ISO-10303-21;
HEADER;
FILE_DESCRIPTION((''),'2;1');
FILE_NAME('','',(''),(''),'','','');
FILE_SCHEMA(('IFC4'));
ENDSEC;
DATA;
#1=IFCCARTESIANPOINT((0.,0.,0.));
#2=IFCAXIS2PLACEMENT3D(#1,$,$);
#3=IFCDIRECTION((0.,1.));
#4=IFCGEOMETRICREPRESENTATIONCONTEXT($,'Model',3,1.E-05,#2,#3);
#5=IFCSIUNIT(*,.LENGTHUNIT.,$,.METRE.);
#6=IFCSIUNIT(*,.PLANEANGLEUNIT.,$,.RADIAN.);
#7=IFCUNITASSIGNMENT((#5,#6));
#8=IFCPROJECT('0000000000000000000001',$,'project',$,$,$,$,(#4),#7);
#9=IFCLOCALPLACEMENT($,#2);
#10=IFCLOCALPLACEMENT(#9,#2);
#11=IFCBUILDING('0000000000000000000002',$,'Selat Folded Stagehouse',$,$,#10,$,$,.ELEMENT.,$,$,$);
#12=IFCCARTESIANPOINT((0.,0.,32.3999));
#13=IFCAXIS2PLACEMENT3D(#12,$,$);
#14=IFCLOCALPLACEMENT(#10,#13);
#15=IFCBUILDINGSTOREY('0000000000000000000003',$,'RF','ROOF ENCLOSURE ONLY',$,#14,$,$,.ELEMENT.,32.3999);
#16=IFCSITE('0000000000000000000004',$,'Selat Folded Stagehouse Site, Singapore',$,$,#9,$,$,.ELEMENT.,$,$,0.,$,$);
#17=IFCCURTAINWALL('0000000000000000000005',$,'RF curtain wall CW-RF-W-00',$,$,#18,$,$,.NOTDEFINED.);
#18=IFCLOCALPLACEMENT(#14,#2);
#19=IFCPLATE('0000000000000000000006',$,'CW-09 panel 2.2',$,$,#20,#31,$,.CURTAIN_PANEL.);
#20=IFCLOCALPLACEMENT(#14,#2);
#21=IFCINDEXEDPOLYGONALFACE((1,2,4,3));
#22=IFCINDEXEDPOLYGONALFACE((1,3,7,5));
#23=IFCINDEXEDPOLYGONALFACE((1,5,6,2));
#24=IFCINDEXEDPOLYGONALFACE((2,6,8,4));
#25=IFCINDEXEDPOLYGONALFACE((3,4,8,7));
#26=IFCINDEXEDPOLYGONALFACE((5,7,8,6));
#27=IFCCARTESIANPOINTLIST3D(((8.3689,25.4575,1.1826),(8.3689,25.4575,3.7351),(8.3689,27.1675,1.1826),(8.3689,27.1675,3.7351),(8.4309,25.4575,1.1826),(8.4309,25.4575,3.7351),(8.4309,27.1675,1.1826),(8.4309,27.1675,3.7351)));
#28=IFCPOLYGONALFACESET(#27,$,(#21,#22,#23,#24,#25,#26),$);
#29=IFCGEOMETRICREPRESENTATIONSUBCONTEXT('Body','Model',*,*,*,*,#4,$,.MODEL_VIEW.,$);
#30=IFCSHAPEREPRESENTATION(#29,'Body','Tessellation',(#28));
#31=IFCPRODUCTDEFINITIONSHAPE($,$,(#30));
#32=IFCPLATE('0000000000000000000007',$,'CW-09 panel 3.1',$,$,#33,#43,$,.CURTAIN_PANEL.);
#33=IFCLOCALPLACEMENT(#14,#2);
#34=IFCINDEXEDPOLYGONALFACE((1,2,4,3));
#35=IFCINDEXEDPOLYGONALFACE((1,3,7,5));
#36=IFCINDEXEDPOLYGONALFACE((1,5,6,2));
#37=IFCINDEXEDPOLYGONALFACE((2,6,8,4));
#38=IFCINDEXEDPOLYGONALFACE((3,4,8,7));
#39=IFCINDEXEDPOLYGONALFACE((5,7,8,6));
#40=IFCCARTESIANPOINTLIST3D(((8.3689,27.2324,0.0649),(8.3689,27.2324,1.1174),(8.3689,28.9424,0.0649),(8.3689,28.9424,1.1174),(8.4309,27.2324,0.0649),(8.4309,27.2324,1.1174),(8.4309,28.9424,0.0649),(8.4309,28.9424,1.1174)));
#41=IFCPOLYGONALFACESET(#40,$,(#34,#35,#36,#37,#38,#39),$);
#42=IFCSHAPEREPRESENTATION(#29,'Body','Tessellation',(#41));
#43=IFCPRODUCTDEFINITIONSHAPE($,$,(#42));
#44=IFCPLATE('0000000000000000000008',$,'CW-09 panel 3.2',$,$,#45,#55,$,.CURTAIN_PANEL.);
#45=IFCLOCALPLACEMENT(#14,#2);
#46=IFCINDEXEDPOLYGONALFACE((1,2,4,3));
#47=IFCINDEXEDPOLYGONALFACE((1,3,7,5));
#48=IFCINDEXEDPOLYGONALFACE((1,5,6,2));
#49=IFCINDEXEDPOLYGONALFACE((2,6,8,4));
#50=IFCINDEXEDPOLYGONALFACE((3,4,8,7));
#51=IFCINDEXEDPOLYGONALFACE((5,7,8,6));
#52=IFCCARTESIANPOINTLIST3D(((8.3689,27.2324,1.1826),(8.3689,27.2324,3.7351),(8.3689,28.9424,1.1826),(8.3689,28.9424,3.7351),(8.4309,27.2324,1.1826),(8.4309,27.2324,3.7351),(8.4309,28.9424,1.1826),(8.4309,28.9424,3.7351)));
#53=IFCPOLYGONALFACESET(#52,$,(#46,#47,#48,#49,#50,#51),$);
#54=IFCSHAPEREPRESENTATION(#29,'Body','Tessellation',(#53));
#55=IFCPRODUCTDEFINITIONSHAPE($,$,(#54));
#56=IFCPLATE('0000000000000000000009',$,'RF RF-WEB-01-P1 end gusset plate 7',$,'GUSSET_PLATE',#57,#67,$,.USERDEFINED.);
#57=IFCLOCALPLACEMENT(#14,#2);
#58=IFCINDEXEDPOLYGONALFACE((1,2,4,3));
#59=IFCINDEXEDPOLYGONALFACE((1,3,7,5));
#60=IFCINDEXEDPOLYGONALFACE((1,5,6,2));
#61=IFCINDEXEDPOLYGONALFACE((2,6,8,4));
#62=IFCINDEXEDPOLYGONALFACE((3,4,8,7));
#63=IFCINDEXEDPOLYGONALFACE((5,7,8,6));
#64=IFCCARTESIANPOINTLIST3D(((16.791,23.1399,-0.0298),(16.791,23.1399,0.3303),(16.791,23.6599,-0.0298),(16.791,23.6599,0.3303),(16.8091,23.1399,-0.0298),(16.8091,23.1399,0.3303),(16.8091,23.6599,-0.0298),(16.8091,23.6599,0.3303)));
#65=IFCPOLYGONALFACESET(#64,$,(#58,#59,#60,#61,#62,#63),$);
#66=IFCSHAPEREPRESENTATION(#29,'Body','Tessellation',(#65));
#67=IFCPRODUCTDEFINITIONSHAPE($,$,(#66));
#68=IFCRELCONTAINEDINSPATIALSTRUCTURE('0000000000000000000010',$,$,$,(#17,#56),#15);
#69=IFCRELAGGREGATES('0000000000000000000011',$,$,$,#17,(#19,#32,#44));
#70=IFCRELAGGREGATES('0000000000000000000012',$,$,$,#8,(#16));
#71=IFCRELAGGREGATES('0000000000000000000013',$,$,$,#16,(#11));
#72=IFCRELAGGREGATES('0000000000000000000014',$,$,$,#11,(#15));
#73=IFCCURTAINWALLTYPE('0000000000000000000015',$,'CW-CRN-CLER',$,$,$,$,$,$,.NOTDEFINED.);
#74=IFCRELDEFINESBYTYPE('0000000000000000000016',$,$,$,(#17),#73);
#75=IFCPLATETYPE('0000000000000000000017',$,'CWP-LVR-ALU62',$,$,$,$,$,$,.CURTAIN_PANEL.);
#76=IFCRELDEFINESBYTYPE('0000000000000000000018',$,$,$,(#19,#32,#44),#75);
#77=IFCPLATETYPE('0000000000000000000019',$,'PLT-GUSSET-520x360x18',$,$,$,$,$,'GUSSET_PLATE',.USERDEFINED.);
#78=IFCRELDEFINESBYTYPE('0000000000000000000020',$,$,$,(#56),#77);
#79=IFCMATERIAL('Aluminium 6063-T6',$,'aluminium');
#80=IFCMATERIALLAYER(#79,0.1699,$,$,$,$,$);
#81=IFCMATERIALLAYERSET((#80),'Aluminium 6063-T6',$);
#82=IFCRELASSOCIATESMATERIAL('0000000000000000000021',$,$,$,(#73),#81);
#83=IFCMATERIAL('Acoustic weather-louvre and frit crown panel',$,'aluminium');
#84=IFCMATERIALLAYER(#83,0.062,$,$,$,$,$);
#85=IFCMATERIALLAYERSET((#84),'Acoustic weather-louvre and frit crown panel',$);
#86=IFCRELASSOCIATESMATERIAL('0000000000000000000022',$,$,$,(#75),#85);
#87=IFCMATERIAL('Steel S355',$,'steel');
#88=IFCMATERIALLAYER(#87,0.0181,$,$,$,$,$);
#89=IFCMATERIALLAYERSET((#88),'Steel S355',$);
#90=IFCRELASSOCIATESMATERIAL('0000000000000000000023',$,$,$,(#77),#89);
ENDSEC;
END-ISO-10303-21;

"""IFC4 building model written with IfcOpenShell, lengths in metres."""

from ifc_helpers import new_model, si_unit, direction, frame, origin, origin_2d, place, context, subcontext, project, spatial, rectangle, extrude, material, layer, layer_set, type_object, element, aggregate, save


model = new_model("IFC4")

# Units and contexts
model_context = context("Model", 3, precision=1e-05, world=origin(), true_north=direction((0.0, 1.0)))
body_context = subcontext(model_context, "Body", "Model", "MODEL_VIEW")
ifc_project = project(units=[si_unit("LENGTHUNIT", "METRE"), si_unit("PLANEANGLEUNIT", "RADIAN")], contexts=[model_context])

# Site, building, storey
site_placement = place(None, origin())
site = spatial("IfcSite", under=ifc_project, at=site_placement, Name="Selat Folded Stagehouse Site, Singapore", CompositionType="ELEMENT", RefElevation=0.0)
building_placement = place(site_placement, origin())
building = spatial("IfcBuilding", under=site, at=building_placement, Name="Selat Folded Stagehouse", CompositionType="ELEMENT")
storey_placement = place(building_placement, frame((0.0, 0.0, 32.3999)))
storey = spatial("IfcBuildingStorey", under=building, at=storey_placement, Name="RF", Description="ROOF ENCLOSURE ONLY", CompositionType="ELEMENT", Elevation=32.3999)

# Shared definitions
ifc_material_1 = material(Name="Steel S355", Category="steel")

# Curtain wall
ifc_material_2 = material(Name="Aluminium 6063-T6", Category="aluminium")
ifc_layer_1 = layer(ifc_material_2, 0.1699)
ifc_layer_set_1 = layer_set([ifc_layer_1], Name="Aluminium 6063-T6")
curtain_wall_type = type_object("IfcCurtainWallType", Name="CW-CRN-CLER", PredefinedType="NOTDEFINED", material=ifc_layer_set_1)
curtain_wall_1_placement = place(storey_placement, origin())
curtain_wall_1 = element("IfcCurtainWall", 1, at=curtain_wall_1_placement, inside=storey, type_object=curtain_wall_type, Name="RF curtain wall CW-RF-W-00", PredefinedType="NOTDEFINED")

# Plates
ifc_material_3 = material(Name="Acoustic weather-louvre and frit crown panel", Category="aluminium")
ifc_layer_2 = layer(ifc_material_3, 0.062)
ifc_layer_set_2 = layer_set([ifc_layer_2], Name="Acoustic weather-louvre and frit crown panel")
plate_type_1 = type_object("IfcPlateType", Name="CWP-LVR-ALU62", PredefinedType="CURTAIN_PANEL", material=ifc_layer_set_2)
plate_1_placement = place(storey_placement, frame((8.3999, 26.3125, 1.1826), z_axis=(0.0, 0.0, 1.0), x_axis=(0.0, 1.0, 0.0)))
plate_1 = element("IfcPlate", 2, at=plate_1_placement, type_object=plate_type_1, Name="CW-09 panel 2.2", PredefinedType="CURTAIN_PANEL", context=body_context, shape_type="SweptSolid", body=[
    extrude(rectangle(XDim=1.71, YDim=0.062, at=origin_2d()), origin(), (0.0, 0.0, 1.0), 2.5525),
])
plate_2_placement = place(storey_placement, frame((8.3999, 28.0874, 0.0649), z_axis=(0.0, 0.0, 1.0), x_axis=(0.0, 1.0, 0.0)))
plate_2 = element("IfcPlate", 3, at=plate_2_placement, type_object=plate_type_1, Name="CW-09 panel 3.1", PredefinedType="CURTAIN_PANEL", context=body_context, shape_type="SweptSolid", body=[
    extrude(rectangle(XDim=1.71, YDim=0.062, at=origin_2d()), origin(), (0.0, 0.0, 1.0), 1.0525),
])
plate_3_placement = place(storey_placement, frame((8.3999, 28.0874, 1.1826), z_axis=(0.0, 0.0, 1.0), x_axis=(0.0, 1.0, 0.0)))
plate_3 = element("IfcPlate", 4, at=plate_3_placement, type_object=plate_type_1, Name="CW-09 panel 3.2", PredefinedType="CURTAIN_PANEL", context=body_context, shape_type="SweptSolid", body=[
    extrude(rectangle(XDim=1.71, YDim=0.062, at=origin_2d()), origin(), (0.0, 0.0, 1.0), 2.5525),
])
aggregate(curtain_wall_1, [plate_1, plate_2, plate_3])
ifc_layer_3 = layer(ifc_material_1, 0.0181)
ifc_layer_set_3 = layer_set([ifc_layer_3], Name="Steel S355")
plate_type_2 = type_object("IfcPlateType", Name="PLT-GUSSET-520x360x18", ElementType="GUSSET_PLATE", PredefinedType="USERDEFINED", material=ifc_layer_set_3)
plate_4_placement = place(storey_placement, frame((16.8, 23.3999, -0.0298), z_axis=(0.0, 0.0, 1.0), x_axis=(0.0, 1.0, 0.0)))
element("IfcPlate", 5, at=plate_4_placement, inside=storey, type_object=plate_type_2, Name="RF RF-WEB-01-P1 end gusset plate 7", ObjectType="GUSSET_PLATE", PredefinedType="USERDEFINED", context=body_context, shape_type="SweptSolid", body=[
    extrude(rectangle(XDim=0.52, YDim=0.0181, at=origin_2d()), origin(), (0.0, 0.0, 1.0), 0.3601),
])

save(model, "model.ifc")
